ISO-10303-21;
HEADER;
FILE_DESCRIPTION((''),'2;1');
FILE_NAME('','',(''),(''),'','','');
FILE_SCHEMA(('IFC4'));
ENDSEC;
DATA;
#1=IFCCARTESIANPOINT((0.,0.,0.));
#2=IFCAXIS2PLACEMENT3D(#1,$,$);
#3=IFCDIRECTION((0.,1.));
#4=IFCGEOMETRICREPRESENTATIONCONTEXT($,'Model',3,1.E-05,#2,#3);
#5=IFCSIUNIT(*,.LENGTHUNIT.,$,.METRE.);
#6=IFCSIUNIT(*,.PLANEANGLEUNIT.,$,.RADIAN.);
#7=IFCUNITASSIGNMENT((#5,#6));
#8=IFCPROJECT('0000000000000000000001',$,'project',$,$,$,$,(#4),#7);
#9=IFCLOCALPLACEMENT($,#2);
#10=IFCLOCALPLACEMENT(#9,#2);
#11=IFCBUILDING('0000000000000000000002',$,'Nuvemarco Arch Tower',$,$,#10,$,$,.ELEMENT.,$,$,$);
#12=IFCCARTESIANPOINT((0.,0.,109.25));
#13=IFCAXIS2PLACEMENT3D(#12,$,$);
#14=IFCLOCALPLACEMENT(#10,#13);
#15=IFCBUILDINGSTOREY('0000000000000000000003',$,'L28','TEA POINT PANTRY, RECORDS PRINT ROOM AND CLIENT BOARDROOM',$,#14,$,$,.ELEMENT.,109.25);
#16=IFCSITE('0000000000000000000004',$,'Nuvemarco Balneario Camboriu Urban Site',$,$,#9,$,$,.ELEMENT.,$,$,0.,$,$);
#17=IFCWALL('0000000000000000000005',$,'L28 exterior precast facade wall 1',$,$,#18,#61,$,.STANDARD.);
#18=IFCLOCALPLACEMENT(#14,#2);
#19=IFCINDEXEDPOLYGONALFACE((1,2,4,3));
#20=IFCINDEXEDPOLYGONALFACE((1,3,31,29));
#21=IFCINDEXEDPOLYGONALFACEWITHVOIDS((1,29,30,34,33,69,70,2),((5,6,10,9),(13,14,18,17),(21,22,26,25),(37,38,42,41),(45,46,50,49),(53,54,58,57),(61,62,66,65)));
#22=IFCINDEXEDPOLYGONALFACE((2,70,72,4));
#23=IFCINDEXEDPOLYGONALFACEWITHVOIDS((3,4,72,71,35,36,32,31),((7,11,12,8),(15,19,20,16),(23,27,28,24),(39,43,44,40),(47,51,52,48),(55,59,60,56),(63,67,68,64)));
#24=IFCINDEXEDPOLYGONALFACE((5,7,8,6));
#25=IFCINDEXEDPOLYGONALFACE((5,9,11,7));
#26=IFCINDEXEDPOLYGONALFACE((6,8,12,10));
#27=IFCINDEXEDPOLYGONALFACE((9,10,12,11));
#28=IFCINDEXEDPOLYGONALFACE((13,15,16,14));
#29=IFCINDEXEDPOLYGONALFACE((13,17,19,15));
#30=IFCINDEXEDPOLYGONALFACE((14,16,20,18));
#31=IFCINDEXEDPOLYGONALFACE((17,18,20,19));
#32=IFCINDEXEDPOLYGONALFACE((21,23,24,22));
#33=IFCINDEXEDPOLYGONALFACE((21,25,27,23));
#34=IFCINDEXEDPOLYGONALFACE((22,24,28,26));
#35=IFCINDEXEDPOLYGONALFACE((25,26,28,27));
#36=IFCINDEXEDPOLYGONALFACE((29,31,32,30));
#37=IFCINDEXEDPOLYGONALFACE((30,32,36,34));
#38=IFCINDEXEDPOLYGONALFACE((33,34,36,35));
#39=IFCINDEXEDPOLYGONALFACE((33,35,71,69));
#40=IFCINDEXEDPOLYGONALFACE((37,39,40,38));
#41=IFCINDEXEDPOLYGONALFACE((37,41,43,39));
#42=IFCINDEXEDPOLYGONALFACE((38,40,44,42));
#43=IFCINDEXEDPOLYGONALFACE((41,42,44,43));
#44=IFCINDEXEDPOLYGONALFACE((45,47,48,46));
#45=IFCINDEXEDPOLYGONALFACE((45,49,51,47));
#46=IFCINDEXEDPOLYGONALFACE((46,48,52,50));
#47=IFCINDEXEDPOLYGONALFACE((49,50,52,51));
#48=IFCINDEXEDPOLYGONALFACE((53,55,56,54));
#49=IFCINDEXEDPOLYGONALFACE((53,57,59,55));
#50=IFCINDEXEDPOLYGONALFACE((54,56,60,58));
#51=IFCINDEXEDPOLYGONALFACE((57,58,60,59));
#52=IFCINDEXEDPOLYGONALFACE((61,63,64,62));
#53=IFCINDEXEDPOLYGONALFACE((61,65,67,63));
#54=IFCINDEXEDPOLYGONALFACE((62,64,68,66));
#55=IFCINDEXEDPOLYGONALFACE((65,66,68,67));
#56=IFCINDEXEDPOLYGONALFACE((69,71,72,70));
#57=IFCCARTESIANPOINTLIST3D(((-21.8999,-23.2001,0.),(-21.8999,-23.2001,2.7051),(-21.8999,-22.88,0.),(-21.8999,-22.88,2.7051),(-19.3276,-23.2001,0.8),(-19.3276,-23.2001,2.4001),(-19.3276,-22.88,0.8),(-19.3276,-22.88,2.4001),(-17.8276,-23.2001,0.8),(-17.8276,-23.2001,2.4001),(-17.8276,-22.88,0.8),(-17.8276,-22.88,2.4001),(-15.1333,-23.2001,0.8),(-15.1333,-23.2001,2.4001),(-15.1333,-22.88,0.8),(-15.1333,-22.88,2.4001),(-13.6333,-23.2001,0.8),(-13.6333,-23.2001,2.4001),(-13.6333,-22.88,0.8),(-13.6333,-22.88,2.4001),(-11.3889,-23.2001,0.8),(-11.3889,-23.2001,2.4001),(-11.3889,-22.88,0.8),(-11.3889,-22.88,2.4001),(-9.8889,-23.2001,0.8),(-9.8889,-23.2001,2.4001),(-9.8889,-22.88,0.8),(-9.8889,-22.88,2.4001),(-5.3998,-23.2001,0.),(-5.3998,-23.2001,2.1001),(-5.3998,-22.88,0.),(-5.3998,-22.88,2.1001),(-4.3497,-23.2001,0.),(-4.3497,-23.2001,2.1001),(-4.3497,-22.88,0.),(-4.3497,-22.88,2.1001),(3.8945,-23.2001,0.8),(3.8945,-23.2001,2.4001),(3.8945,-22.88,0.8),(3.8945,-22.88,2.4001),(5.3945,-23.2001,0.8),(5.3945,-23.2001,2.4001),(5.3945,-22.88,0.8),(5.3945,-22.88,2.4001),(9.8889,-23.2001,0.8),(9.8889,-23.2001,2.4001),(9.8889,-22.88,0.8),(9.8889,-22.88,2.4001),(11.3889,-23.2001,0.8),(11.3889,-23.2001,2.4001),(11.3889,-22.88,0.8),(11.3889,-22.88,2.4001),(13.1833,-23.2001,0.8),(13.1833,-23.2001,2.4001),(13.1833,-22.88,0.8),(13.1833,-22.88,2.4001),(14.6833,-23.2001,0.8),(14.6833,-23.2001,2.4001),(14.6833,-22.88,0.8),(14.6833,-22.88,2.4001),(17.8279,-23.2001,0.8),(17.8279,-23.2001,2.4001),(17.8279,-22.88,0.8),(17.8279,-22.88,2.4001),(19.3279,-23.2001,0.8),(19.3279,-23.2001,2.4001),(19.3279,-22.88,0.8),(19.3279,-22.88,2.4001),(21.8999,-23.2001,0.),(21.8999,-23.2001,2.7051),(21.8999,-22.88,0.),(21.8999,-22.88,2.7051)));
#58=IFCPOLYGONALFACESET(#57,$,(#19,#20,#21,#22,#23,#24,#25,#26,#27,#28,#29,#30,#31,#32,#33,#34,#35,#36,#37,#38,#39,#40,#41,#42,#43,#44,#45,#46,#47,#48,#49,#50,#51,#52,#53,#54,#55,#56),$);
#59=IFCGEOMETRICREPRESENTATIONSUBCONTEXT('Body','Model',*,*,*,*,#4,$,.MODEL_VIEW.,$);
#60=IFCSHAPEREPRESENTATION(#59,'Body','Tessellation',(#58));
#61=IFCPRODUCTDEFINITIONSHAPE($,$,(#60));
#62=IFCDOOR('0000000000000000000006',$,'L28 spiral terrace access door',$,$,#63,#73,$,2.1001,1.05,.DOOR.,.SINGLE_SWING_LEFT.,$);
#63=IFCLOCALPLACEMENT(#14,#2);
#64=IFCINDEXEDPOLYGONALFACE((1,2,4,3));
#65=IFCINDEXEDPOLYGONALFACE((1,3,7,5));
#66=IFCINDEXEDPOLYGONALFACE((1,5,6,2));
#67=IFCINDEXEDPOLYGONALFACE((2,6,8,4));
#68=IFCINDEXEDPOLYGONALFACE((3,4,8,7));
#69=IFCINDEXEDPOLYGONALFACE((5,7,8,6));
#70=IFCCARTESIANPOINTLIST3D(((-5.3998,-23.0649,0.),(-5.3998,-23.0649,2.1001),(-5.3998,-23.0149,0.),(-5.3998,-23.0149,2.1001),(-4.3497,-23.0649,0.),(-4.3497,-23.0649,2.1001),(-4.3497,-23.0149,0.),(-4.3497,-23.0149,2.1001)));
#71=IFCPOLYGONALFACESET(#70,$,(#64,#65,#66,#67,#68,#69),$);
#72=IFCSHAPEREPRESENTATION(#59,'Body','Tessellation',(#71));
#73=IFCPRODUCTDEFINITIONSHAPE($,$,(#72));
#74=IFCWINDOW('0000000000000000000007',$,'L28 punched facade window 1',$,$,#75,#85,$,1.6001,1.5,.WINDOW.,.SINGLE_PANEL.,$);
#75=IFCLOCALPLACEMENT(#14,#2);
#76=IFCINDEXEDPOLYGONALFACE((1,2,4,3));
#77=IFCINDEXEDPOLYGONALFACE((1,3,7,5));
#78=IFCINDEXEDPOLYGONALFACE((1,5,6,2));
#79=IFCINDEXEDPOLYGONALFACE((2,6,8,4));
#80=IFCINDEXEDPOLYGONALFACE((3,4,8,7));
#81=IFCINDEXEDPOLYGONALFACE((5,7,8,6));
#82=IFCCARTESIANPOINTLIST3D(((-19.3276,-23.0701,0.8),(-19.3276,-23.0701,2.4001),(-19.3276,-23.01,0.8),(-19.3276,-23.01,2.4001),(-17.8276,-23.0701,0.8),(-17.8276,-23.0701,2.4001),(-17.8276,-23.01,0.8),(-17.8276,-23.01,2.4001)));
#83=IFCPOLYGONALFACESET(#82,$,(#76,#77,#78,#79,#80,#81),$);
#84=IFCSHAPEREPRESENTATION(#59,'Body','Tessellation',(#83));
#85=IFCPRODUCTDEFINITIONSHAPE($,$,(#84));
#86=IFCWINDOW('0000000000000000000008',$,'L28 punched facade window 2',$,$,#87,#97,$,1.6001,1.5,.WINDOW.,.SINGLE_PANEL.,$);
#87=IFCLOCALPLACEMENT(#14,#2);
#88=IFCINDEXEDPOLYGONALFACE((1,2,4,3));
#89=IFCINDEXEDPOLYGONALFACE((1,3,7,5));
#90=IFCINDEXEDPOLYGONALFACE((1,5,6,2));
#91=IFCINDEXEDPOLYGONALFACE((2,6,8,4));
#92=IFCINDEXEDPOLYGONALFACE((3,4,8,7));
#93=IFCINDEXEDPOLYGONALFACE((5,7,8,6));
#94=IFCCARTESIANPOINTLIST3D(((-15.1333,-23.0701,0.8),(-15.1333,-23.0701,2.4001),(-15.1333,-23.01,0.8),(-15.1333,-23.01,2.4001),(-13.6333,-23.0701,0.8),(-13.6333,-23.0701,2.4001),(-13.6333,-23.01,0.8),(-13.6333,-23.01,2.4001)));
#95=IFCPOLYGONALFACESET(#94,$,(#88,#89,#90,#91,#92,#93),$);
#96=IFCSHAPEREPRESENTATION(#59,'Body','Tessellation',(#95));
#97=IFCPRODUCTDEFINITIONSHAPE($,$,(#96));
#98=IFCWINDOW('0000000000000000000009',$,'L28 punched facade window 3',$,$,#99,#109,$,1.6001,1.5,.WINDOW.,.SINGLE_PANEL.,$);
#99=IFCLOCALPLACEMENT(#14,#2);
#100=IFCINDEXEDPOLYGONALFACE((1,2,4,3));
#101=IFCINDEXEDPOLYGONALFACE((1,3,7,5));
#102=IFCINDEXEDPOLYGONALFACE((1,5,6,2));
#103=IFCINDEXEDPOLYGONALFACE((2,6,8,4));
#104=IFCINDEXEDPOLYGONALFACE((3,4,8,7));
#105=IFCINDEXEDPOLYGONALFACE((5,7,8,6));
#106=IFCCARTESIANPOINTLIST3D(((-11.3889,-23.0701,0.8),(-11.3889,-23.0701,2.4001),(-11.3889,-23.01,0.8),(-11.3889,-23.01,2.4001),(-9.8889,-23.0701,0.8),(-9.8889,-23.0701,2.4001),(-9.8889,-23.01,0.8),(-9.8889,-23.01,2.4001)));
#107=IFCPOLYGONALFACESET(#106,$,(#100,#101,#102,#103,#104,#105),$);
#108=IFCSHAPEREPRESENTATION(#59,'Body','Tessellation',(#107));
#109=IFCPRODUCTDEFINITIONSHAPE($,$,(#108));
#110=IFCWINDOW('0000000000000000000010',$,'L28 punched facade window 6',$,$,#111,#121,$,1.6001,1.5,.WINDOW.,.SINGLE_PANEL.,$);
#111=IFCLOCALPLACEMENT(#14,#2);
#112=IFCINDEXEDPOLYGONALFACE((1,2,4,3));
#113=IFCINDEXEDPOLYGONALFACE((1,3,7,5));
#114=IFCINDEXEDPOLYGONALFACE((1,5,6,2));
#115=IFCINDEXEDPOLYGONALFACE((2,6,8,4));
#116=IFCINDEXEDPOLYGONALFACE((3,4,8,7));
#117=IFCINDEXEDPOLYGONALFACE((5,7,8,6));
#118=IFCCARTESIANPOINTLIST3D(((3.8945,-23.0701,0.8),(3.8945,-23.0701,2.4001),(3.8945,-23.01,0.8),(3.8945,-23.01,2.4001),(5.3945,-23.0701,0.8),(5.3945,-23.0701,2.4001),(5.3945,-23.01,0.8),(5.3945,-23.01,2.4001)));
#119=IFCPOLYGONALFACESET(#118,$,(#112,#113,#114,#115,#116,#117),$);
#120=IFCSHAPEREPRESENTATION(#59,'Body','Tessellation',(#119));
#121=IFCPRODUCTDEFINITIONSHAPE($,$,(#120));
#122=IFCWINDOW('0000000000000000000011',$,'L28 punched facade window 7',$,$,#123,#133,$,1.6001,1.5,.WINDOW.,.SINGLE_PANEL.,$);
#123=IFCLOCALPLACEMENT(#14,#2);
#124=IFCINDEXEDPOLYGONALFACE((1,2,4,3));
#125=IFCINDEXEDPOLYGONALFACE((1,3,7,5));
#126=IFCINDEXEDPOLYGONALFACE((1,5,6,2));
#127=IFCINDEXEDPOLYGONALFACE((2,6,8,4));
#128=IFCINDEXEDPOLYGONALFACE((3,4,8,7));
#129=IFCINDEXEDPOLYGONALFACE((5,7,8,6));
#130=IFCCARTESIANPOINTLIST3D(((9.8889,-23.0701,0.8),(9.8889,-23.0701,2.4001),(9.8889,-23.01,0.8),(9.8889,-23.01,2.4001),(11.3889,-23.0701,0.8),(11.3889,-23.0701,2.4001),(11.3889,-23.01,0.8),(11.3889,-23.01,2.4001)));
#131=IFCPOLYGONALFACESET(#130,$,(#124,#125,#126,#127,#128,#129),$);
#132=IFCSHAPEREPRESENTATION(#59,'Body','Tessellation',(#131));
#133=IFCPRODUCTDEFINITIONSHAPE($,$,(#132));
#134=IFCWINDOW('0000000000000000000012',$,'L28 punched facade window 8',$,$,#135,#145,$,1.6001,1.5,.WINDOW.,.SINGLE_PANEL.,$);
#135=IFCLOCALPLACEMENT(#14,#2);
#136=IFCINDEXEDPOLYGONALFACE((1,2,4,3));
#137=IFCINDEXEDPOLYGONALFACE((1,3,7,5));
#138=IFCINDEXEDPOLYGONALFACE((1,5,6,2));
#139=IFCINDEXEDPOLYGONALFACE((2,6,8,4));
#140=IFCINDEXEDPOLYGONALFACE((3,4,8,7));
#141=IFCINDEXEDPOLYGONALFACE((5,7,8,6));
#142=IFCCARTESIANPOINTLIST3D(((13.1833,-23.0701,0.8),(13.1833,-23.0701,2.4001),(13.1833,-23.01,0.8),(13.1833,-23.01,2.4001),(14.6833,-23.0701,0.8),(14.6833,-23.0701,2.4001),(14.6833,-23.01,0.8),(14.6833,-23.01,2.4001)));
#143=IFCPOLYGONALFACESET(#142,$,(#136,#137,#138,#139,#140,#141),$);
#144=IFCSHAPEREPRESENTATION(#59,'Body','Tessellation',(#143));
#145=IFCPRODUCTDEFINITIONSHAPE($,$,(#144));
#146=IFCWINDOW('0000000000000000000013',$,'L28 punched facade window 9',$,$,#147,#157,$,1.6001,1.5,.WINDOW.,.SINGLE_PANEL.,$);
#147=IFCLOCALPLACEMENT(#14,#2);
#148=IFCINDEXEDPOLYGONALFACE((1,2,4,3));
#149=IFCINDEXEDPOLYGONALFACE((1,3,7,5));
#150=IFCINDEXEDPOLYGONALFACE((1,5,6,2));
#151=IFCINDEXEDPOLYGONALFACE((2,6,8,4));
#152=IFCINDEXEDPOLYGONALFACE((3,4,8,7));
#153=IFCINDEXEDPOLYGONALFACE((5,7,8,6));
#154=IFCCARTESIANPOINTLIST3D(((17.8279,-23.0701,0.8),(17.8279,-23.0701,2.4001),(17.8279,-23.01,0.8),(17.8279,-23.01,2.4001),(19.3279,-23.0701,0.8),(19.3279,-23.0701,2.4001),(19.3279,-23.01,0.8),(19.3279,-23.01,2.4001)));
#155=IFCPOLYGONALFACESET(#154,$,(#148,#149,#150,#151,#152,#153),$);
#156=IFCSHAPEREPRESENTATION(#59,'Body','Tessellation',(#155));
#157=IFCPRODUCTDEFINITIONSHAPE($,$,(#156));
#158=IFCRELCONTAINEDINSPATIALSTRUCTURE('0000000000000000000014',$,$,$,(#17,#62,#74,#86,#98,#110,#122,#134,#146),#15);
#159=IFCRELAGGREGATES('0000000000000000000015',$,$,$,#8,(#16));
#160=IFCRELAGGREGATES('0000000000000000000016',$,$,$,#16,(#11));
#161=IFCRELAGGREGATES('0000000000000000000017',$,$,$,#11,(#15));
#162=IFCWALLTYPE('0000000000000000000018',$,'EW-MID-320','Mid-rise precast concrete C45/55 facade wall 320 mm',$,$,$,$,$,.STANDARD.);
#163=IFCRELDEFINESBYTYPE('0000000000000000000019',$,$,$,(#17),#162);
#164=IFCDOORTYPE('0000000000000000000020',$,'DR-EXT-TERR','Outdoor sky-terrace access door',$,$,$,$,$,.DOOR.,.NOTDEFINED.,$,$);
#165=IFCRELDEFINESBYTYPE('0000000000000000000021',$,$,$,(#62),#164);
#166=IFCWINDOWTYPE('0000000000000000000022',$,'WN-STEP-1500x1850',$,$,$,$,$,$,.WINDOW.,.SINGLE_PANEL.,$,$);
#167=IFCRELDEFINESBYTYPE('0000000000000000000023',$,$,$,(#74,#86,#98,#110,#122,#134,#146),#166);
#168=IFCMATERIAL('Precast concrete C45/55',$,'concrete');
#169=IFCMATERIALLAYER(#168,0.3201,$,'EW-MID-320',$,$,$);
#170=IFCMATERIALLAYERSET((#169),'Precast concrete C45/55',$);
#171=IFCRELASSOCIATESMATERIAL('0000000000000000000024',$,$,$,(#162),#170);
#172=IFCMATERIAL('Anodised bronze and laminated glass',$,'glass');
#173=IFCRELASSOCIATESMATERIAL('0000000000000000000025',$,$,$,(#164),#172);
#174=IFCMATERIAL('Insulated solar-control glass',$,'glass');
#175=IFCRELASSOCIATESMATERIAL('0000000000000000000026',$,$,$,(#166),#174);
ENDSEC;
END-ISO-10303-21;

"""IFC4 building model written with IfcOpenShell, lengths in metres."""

from ifc_helpers import new_model, si_unit, direction, frame, frame_2d, origin, place, context, subcontext, project, spatial, rectangle, extrude, source, transform, mapped, material, layer, layer_set, type_object, type_shapes, element, fill, save


model = new_model("IFC4")

# Units and contexts
model_context = context("Model", 3, precision=1e-05, world=origin(), true_north=direction((0.0, 1.0)))
body_context = subcontext(model_context, "Body", "Model", "MODEL_VIEW")
ifc_project = project(units=[si_unit("LENGTHUNIT", "METRE"), si_unit("PLANEANGLEUNIT", "RADIAN")], contexts=[model_context])

# Site, building, storey
site_placement = place(None, origin())
site = spatial("IfcSite", under=ifc_project, at=site_placement, Name="Nuvemarco Balneario Camboriu Urban Site", CompositionType="ELEMENT", RefElevation=0.0)
building_placement = place(site_placement, origin())
building = spatial("IfcBuilding", under=site, at=building_placement, Name="Nuvemarco Arch Tower", CompositionType="ELEMENT")
storey_placement = place(building_placement, frame((0.0, 0.0, 109.25)))
storey = spatial("IfcBuildingStorey", under=building, at=storey_placement, Name="L28", Description="TEA POINT PANTRY, RECORDS PRINT ROOM AND CLIENT BOARDROOM", CompositionType="ELEMENT", Elevation=109.25)

# Shared definitions
ifc_material_1 = material(Name="Precast concrete C45/55", Category="concrete")

# Wall, openings, door, windows
ifc_layer = layer(ifc_material_1, 0.3201, Name="EW-MID-320")
ifc_layer_set = layer_set([ifc_layer], Name="Precast concrete C45/55")
wall_type = type_object("IfcWallType", Name="EW-MID-320", Description="Mid-rise precast concrete C45/55 facade wall 320 mm", PredefinedType="STANDARD", material=ifc_layer_set)
wall_1_placement = place(storey_placement, frame((-21.8999, -23.04, 0.0), z_axis=(0.0, 0.0, 1.0), x_axis=(1.0, 0.0, 0.0)))
wall_1 = element("IfcWall", 1, at=wall_1_placement, inside=storey, type_object=wall_type, Name="L28 exterior precast facade wall 1", PredefinedType="STANDARD", context=body_context, shape_type="SweptSolid", body=[
    extrude(rectangle(XDim=43.7998, YDim=0.3201, at=frame_2d((21.8999, 0.0))), origin(), (0.0, 0.0, 1.0), 2.7051),
])
opening_1_placement = place(wall_1_placement, frame((17.55, 0.0, 0.0), z_axis=(0.0, 0.0, 1.0), x_axis=(-1.0, 0.0, 0.0)))
opening_1 = element("IfcOpeningElement", 2, at=opening_1_placement, cuts=wall_1, PredefinedType="OPENING", context=body_context, shape_type="SweptSolid", body=[
    extrude(rectangle(XDim=1.05, YDim=2.1001, at=frame_2d((0.5249, 1.05))), frame((0.0, 0.1699, 0.0), z_axis=(0.0, -1.0, 0.0), x_axis=(1.0, 0.0, 0.0)), (0.0, 0.0, 1.0), 0.3401),
])
opening_2_placement = place(wall_1_placement, frame((2.5723, 0.0, 0.8)))
opening_2 = element("IfcOpeningElement", 3, at=opening_2_placement, cuts=wall_1, PredefinedType="OPENING", context=body_context, shape_type="SweptSolid", body=[
    extrude(rectangle(XDim=1.5, YDim=1.6001, at=frame_2d((0.75, 0.8))), frame((0.0, 0.1699, 0.0), z_axis=(0.0, -1.0, 0.0), x_axis=(1.0, 0.0, 0.0)), (0.0, 0.0, 1.0), 0.3401),
])
opening_3_placement = place(wall_1_placement, frame((6.7666, 0.0, 0.8)))
opening_3 = element("IfcOpeningElement", 4, at=opening_3_placement, cuts=wall_1, PredefinedType="OPENING", context=body_context, shape_type="SweptSolid", body=[
    extrude(rectangle(XDim=1.5, YDim=1.6001, at=frame_2d((0.75, 0.8))), frame((0.0, 0.1699, 0.0), z_axis=(0.0, -1.0, 0.0), x_axis=(1.0, 0.0, 0.0)), (0.0, 0.0, 1.0), 0.3401),
])
opening_4_placement = place(wall_1_placement, frame((10.511, 0.0, 0.8)))
opening_4 = element("IfcOpeningElement", 5, at=opening_4_placement, cuts=wall_1, PredefinedType="OPENING", context=body_context, shape_type="SweptSolid", body=[
    extrude(rectangle(XDim=1.5, YDim=1.6001, at=frame_2d((0.75, 0.8))), frame((0.0, 0.1699, 0.0), z_axis=(0.0, -1.0, 0.0), x_axis=(1.0, 0.0, 0.0)), (0.0, 0.0, 1.0), 0.3401),
])
opening_5_placement = place(wall_1_placement, frame((25.7944, 0.0, 0.8)))
opening_5 = element("IfcOpeningElement", 6, at=opening_5_placement, cuts=wall_1, PredefinedType="OPENING", context=body_context, shape_type="SweptSolid", body=[
    extrude(rectangle(XDim=1.5, YDim=1.6001, at=frame_2d((0.75, 0.8))), frame((0.0, 0.1699, 0.0), z_axis=(0.0, -1.0, 0.0), x_axis=(1.0, 0.0, 0.0)), (0.0, 0.0, 1.0), 0.3401),
])
opening_6_placement = place(wall_1_placement, frame((31.7888, 0.0, 0.8)))
opening_6 = element("IfcOpeningElement", 7, at=opening_6_placement, cuts=wall_1, PredefinedType="OPENING", context=body_context, shape_type="SweptSolid", body=[
    extrude(rectangle(XDim=1.5, YDim=1.6001, at=frame_2d((0.75, 0.8))), frame((0.0, 0.1699, 0.0), z_axis=(0.0, -1.0, 0.0), x_axis=(1.0, 0.0, 0.0)), (0.0, 0.0, 1.0), 0.3401),
])
opening_7_placement = place(wall_1_placement, frame((35.0833, 0.0, 0.8)))
opening_7 = element("IfcOpeningElement", 8, at=opening_7_placement, cuts=wall_1, PredefinedType="OPENING", context=body_context, shape_type="SweptSolid", body=[
    extrude(rectangle(XDim=1.5, YDim=1.6001, at=frame_2d((0.75, 0.8))), frame((0.0, 0.1699, 0.0), z_axis=(0.0, -1.0, 0.0), x_axis=(1.0, 0.0, 0.0)), (0.0, 0.0, 1.0), 0.3401),
])
opening_8_placement = place(wall_1_placement, frame((39.7278, 0.0, 0.8)))
opening_8 = element("IfcOpeningElement", 9, at=opening_8_placement, cuts=wall_1, PredefinedType="OPENING", context=body_context, shape_type="SweptSolid", body=[
    extrude(rectangle(XDim=1.5, YDim=1.6001, at=frame_2d((0.75, 0.8))), frame((0.0, 0.1699, 0.0), z_axis=(0.0, -1.0, 0.0), x_axis=(1.0, 0.0, 0.0)), (0.0, 0.0, 1.0), 0.3401),
])
ifc_material_2 = material(Name="Anodised bronze and laminated glass", Category="glass")
door_type = type_object("IfcDoorType", Name="DR-EXT-TERR", Description="Outdoor sky-terrace access door", OperationType="NOTDEFINED", PredefinedType="DOOR", material=ifc_material_2)
shared_shape_1 = source(origin(), body_context, "Body", "SweptSolid", [
    extrude(rectangle(XDim=1.05, YDim=2.1001, at=frame_2d((0.5249, 1.05))), frame((0.0, 0.0249, 0.0), z_axis=(0.0, -1.0, 0.0), x_axis=(1.0, 0.0, 0.0)), (0.0, 0.0, 1.0), 0.05),
])
type_shapes(door_type, [shared_shape_1])
door_placement = place(opening_1_placement, origin())
door = element("IfcDoor", 10, at=door_placement, inside=storey, type_object=door_type, Name="L28 spiral terrace access door", OperationType="SINGLE_SWING_LEFT", OverallHeight=2.1001, OverallWidth=1.05, PredefinedType="DOOR", context=body_context, shape_type="MappedRepresentation", body=[
    mapped(shared_shape_1, transform((0.0, 0.0, 0.0), scale=1.0)),
])
fill(opening_1, door)
ifc_material_3 = material(Name="Insulated solar-control glass", Category="glass")
window_type_1 = type_object("IfcWindowType", Name="WN-STEP-1500x1850", PartitioningType="SINGLE_PANEL", PredefinedType="WINDOW", material=ifc_material_3)
shared_shape_2 = source(origin(), body_context, "Body", "SweptSolid", [
    extrude(rectangle(XDim=1.5, YDim=1.6001, at=frame_2d((0.75, 0.8))), frame((0.0, 0.03, 0.0), z_axis=(0.0, -1.0, 0.0), x_axis=(1.0, 0.0, 0.0)), (0.0, 0.0, 1.0), 0.0601),
])
type_shapes(window_type_1, [shared_shape_2])
window_1_placement = place(opening_2_placement, origin())
window_1 = element("IfcWindow", 11, at=window_1_placement, inside=storey, type_object=window_type_1, Name="L28 punched facade window 1", OverallHeight=1.6001, OverallWidth=1.5, PartitioningType="SINGLE_PANEL", PredefinedType="WINDOW", context=body_context, shape_type="MappedRepresentation", body=[
    mapped(shared_shape_2, transform((0.0, 0.0, 0.0), scale=1.0)),
])
fill(opening_2, window_1)
window_2_placement = place(opening_3_placement, origin())
window_2 = element("IfcWindow", 12, at=window_2_placement, inside=storey, type_object=window_type_1, Name="L28 punched facade window 2", OverallHeight=1.6001, OverallWidth=1.5, PartitioningType="SINGLE_PANEL", PredefinedType="WINDOW", context=body_context, shape_type="MappedRepresentation", body=[
    mapped(shared_shape_2, transform((0.0, 0.0, 0.0), scale=1.0)),
])
fill(opening_3, window_2)
window_3_placement = place(opening_4_placement, origin())
window_3 = element("IfcWindow", 13, at=window_3_placement, inside=storey, type_object=window_type_1, Name="L28 punched facade window 3", OverallHeight=1.6001, OverallWidth=1.5, PartitioningType="SINGLE_PANEL", PredefinedType="WINDOW", context=body_context, shape_type="MappedRepresentation", body=[
    mapped(shared_shape_2, transform((0.0, 0.0, 0.0), scale=1.0)),
])
fill(opening_4, window_3)
window_4_placement = place(opening_5_placement, origin())
window_4 = element("IfcWindow", 14, at=window_4_placement, inside=storey, type_object=window_type_1, Name="L28 punched facade window 6", OverallHeight=1.6001, OverallWidth=1.5, PartitioningType="SINGLE_PANEL", PredefinedType="WINDOW", context=body_context, shape_type="MappedRepresentation", body=[
    mapped(shared_shape_2, transform((0.0, 0.0, 0.0), scale=1.0)),
])
fill(opening_5, window_4)
window_5_placement = place(opening_6_placement, origin())
window_5 = element("IfcWindow", 15, at=window_5_placement, inside=storey, type_object=window_type_1, Name="L28 punched facade window 7", OverallHeight=1.6001, OverallWidth=1.5, PartitioningType="SINGLE_PANEL", PredefinedType="WINDOW", context=body_context, shape_type="MappedRepresentation", body=[
    mapped(shared_shape_2, transform((0.0, 0.0, 0.0), scale=1.0)),
])
fill(opening_6, window_5)
window_6_placement = place(opening_7_placement, origin())
window_6 = element("IfcWindow", 16, at=window_6_placement, inside=storey, type_object=window_type_1, Name="L28 punched facade window 8", OverallHeight=1.6001, OverallWidth=1.5, PartitioningType="SINGLE_PANEL", PredefinedType="WINDOW", context=body_context, shape_type="MappedRepresentation", body=[
    mapped(shared_shape_2, transform((0.0, 0.0, 0.0), scale=1.0)),
])
fill(opening_7, window_6)
window_7_placement = place(opening_8_placement, origin())
window_7 = element("IfcWindow", 17, at=window_7_placement, inside=storey, type_object=window_type_1, Name="L28 punched facade window 9", OverallHeight=1.6001, OverallWidth=1.5, PartitioningType="SINGLE_PANEL", PredefinedType="WINDOW", context=body_context, shape_type="MappedRepresentation", body=[
    mapped(shared_shape_2, transform((0.0, 0.0, 0.0), scale=1.0)),
])
fill(opening_8, window_7)

save(model, "model.ifc")
